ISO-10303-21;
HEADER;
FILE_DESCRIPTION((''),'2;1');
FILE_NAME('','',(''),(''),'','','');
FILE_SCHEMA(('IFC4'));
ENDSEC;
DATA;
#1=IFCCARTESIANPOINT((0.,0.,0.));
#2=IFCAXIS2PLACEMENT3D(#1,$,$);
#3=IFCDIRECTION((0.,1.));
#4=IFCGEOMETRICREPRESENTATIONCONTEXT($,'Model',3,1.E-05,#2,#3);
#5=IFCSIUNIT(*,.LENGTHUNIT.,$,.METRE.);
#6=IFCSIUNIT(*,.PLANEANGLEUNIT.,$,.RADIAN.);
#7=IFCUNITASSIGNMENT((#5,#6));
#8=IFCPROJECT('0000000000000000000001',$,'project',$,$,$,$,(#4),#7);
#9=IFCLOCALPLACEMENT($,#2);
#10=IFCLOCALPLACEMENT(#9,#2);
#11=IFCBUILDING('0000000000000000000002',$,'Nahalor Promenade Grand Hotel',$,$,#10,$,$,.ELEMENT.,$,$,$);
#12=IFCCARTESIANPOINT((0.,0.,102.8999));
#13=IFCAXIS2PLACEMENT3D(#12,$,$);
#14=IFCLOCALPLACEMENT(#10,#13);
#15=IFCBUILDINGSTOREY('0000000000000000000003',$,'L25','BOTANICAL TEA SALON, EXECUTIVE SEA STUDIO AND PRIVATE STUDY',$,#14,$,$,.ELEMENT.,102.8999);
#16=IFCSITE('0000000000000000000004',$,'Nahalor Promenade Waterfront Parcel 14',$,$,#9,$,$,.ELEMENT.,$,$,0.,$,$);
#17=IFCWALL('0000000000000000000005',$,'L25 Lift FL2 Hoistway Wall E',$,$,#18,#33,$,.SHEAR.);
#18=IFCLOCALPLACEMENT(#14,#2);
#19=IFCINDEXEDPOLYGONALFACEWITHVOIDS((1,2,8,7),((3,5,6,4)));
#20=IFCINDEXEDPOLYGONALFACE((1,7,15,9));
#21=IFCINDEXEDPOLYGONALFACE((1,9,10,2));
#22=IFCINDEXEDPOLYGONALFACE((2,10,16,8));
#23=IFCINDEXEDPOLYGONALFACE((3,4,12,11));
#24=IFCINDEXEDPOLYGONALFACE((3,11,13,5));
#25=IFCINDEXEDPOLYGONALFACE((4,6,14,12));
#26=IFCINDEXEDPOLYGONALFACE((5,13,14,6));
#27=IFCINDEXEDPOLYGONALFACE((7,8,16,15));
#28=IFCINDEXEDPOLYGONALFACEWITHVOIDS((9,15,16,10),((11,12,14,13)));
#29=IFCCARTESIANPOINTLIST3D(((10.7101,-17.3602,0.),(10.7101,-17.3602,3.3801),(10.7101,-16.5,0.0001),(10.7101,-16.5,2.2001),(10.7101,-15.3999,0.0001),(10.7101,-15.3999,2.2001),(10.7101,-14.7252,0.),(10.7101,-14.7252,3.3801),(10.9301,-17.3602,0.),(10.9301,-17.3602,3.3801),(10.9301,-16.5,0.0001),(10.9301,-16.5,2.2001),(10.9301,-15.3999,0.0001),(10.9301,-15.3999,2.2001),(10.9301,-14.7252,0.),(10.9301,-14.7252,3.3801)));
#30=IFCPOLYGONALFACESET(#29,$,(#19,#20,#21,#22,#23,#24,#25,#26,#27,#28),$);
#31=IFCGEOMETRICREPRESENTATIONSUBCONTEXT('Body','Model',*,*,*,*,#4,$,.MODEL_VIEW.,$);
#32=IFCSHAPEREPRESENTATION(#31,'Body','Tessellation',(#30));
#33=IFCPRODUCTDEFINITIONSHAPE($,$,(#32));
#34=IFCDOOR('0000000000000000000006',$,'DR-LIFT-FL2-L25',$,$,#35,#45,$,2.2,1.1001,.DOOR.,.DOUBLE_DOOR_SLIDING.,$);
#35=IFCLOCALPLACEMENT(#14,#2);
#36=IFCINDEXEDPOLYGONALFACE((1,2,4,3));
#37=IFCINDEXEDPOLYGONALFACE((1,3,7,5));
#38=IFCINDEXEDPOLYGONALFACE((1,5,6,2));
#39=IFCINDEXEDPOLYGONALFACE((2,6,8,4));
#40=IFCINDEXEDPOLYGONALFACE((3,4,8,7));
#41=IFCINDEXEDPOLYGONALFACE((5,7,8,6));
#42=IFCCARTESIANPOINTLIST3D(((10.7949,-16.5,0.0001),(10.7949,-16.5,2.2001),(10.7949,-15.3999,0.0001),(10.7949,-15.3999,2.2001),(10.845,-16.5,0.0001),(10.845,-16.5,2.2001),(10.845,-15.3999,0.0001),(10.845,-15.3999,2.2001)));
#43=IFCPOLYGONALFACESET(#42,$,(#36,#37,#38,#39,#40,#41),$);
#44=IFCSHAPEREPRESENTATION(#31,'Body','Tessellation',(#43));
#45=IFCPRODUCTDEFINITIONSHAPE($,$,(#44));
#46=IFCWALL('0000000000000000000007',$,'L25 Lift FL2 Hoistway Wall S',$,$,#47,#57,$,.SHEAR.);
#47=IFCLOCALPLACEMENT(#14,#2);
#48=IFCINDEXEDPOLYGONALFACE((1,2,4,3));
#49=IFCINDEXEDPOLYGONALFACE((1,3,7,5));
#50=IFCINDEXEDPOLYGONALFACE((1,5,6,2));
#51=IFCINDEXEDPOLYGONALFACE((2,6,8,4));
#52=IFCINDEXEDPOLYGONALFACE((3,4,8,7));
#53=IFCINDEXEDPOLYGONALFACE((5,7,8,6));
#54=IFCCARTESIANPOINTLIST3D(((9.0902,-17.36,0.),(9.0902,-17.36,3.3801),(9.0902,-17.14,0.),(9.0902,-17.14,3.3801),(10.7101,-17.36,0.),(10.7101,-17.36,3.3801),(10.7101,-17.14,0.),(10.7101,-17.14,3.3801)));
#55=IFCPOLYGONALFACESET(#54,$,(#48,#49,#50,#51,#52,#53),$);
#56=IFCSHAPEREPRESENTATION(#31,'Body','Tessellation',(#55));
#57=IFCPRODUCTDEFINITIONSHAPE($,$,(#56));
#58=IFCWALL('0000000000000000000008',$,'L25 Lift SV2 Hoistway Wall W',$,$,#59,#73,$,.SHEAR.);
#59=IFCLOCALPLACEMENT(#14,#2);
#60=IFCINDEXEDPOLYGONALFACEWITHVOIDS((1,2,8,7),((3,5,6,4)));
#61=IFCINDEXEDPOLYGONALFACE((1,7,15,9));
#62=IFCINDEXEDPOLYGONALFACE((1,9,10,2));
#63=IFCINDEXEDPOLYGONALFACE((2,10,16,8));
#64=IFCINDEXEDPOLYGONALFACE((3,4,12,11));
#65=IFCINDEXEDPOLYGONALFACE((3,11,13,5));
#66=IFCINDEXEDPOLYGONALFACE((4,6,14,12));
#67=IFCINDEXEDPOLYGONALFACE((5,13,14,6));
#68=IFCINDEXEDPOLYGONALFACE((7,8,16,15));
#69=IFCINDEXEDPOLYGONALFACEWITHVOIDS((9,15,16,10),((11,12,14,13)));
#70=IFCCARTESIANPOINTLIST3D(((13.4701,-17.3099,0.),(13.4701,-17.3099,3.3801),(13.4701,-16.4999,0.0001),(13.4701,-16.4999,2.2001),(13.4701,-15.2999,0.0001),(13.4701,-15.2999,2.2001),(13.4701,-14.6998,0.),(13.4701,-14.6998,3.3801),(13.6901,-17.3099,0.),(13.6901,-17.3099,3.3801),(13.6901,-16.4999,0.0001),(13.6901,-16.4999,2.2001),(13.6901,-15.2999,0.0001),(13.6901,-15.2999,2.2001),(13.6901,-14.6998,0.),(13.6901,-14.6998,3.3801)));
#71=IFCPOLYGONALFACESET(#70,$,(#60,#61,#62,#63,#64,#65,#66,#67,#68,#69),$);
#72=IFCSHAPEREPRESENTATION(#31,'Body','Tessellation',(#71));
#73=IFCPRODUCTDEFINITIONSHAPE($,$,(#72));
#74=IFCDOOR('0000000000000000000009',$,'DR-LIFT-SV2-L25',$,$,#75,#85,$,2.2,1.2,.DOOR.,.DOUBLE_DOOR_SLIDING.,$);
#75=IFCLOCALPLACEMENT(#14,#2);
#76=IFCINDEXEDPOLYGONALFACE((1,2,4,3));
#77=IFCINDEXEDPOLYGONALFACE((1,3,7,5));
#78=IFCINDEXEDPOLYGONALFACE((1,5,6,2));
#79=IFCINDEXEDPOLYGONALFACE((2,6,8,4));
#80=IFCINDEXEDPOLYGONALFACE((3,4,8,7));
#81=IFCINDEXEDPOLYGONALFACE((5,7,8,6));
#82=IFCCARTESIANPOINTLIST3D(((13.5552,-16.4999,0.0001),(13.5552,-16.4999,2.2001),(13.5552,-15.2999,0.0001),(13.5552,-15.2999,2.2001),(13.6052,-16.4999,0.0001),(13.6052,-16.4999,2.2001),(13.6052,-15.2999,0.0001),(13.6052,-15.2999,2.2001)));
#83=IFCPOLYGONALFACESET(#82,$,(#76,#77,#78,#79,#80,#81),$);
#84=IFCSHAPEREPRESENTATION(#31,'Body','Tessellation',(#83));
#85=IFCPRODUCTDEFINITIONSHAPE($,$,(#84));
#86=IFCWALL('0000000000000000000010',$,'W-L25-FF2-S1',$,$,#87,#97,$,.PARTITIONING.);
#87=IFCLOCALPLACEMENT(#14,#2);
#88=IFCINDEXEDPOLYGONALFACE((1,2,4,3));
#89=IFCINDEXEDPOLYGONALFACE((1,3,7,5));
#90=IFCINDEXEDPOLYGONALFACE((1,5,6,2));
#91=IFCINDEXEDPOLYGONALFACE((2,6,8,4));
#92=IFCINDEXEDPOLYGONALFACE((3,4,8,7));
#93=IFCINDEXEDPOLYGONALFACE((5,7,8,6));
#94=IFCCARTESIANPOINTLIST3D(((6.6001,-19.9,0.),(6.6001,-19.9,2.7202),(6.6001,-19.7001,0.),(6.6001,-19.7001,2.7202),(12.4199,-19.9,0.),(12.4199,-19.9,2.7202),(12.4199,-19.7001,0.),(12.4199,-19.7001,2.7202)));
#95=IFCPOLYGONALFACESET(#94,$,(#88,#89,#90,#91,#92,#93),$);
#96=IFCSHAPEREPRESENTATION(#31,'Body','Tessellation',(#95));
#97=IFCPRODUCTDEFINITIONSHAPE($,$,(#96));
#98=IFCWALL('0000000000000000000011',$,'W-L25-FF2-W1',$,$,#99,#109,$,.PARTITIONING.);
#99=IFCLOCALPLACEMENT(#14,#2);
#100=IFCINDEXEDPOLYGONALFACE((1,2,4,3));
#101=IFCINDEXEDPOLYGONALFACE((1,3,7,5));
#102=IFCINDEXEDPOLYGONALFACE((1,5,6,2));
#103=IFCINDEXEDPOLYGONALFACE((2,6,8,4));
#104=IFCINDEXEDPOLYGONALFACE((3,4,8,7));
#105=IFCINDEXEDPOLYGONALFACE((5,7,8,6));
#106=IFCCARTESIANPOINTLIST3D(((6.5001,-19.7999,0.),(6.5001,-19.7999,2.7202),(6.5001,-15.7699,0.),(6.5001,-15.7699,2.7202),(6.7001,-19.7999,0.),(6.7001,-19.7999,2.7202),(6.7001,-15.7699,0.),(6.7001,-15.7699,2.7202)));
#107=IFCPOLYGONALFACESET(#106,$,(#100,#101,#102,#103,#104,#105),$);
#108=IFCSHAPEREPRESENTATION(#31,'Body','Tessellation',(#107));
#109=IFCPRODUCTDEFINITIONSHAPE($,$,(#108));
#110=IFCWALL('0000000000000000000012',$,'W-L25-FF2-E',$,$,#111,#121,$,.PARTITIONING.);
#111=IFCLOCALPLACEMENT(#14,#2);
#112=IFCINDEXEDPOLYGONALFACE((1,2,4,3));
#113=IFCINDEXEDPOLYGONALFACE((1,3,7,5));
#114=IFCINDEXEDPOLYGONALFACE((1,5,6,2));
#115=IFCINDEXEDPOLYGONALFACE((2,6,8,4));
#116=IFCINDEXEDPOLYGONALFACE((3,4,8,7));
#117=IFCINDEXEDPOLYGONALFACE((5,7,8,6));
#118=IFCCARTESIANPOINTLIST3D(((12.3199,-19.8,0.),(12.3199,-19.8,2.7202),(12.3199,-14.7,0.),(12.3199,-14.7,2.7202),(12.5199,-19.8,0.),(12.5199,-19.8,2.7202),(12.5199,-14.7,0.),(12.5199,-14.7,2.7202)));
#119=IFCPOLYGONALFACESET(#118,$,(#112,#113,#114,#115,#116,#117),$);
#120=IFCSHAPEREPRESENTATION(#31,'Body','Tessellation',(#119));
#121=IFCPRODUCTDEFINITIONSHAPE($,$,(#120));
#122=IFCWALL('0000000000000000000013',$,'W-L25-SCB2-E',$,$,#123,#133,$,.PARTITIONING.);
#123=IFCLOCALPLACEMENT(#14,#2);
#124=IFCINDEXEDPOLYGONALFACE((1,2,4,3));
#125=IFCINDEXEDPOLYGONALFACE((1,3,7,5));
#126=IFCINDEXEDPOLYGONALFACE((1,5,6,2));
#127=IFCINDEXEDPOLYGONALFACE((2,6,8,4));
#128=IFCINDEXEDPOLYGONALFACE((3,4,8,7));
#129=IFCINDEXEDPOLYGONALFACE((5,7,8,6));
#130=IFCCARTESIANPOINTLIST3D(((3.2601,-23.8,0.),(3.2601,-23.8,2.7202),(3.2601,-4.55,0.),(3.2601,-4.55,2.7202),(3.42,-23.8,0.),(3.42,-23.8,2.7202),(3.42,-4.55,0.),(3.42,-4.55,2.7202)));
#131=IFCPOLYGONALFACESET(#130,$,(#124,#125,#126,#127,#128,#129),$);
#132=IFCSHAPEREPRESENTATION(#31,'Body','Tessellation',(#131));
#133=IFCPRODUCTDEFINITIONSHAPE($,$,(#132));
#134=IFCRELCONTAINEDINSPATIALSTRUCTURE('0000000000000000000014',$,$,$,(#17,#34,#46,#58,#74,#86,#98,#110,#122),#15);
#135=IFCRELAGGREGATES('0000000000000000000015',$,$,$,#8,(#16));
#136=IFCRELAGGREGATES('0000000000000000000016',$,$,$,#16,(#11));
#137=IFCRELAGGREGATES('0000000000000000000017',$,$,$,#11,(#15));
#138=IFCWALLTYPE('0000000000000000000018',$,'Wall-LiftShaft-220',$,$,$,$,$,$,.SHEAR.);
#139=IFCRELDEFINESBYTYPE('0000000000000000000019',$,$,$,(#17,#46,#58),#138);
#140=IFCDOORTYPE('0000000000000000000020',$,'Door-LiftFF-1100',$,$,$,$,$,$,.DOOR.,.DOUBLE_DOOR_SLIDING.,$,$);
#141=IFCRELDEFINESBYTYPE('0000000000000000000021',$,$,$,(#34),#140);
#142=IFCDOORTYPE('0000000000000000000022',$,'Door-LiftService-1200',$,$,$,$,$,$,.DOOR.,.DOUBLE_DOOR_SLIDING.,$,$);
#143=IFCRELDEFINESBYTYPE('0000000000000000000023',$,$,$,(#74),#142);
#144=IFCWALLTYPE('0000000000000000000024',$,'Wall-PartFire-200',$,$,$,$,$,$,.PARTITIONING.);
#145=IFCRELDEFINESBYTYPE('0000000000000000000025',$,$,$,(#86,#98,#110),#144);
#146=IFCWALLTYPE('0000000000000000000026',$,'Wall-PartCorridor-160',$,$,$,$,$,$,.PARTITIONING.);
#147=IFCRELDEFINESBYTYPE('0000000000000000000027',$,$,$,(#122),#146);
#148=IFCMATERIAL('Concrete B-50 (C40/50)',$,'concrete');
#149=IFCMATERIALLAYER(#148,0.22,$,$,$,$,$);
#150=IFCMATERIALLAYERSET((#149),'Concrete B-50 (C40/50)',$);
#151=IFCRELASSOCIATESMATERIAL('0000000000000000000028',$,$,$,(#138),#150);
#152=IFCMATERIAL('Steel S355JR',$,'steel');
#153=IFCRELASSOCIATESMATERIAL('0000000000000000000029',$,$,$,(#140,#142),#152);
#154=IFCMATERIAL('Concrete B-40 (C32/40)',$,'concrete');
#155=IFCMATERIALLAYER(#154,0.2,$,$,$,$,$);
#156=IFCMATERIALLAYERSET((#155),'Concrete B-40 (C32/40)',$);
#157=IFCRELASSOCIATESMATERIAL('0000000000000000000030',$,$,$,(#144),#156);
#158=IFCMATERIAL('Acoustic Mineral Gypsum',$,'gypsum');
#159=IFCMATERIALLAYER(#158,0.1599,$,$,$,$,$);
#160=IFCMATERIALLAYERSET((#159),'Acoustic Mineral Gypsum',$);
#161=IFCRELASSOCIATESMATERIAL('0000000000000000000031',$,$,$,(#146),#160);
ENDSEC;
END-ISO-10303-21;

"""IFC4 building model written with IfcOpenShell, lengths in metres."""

from ifc_helpers import new_model, si_unit, direction, frame, frame_2d, origin, place, context, subcontext, project, spatial, rectangle, extrude, source, transform, mapped, material, layer, layer_set, type_object, element, fill, save


model = new_model("IFC4")

# Units and contexts
model_context = context("Model", 3, precision=1e-05, world=origin(), true_north=direction((0.0, 1.0)))
body_context = subcontext(model_context, "Body", "Model", "MODEL_VIEW")
ifc_project = project(units=[si_unit("LENGTHUNIT", "METRE"), si_unit("PLANEANGLEUNIT", "RADIAN")], contexts=[model_context])

# Site, building, storey
site_placement = place(None, origin())
site = spatial("IfcSite", under=ifc_project, at=site_placement, Name="Nahalor Promenade Waterfront Parcel 14", CompositionType="ELEMENT", RefElevation=0.0)
building_placement = place(site_placement, origin())
building = spatial("IfcBuilding", under=site, at=building_placement, Name="Nahalor Promenade Grand Hotel", CompositionType="ELEMENT")
storey_placement = place(building_placement, frame((0.0, 0.0, 102.8999)))
storey = spatial("IfcBuildingStorey", under=building, at=storey_placement, Name="L25", Description="BOTANICAL TEA SALON, EXECUTIVE SEA STUDIO AND PRIVATE STUDY", CompositionType="ELEMENT", Elevation=102.8999)

# Shared definitions
ifc_material_1 = material(Name="Steel S355JR", Category="steel")

# Shared definitions
ifc_material_2 = material(Name="Concrete B-50 (C40/50)", Category="concrete")

# Shared definitions
ifc_layer_1 = layer(ifc_material_2, 0.22)
ifc_layer_set_1 = layer_set([ifc_layer_1], Name="Concrete B-50 (C40/50)")
wall_type_1 = type_object("IfcWallType", Name="Wall-LiftShaft-220", PredefinedType="SHEAR", material=ifc_layer_set_1)
shared_shape_1 = source(origin(), body_context, "Body", "SweptSolid", [
    extrude(rectangle(XDim=2.635, YDim=0.22, at=frame_2d((1.3174, 0.0))), origin(), (0.0, 0.0, 1.0), 3.3801),
])

# Wall, opening, door
wall_1_placement = place(storey_placement, frame((10.8201, -17.3601, 0.0), z_axis=(0.0, 0.0, 1.0), x_axis=(0.0, 1.0, 0.0)))
wall_1 = element("IfcWall", 1, at=wall_1_placement, inside=storey, type_object=wall_type_1, Name="L25 Lift FL2 Hoistway Wall E", PredefinedType="SHEAR", context=body_context, shape_type="MappedRepresentation", body=[
    mapped(shared_shape_1, transform((0.0, 0.0, 0.0), scale=1.0)),
])
opening_1_placement = place(wall_1_placement, frame((0.8601, 0.0, 0.0)))
opening_1 = element("IfcOpeningElement", 2, at=opening_1_placement, cuts=wall_1, PredefinedType="OPENING", context=body_context, shape_type="SweptSolid", body=[
    extrude(rectangle(XDim=1.1001, YDim=2.2, at=frame_2d((0.55, 1.1001))), frame((0.0, 0.1199, 0.0), z_axis=(0.0, -1.0, 0.0), x_axis=(1.0, 0.0, 0.0)), (0.0, 0.0, 1.0), 0.24),
])
door_type_1 = type_object("IfcDoorType", Name="Door-LiftFF-1100", OperationType="DOUBLE_DOOR_SLIDING", PredefinedType="DOOR", material=ifc_material_1)
shared_shape_2 = source(origin(), body_context, "Body", "SweptSolid", [
    extrude(rectangle(XDim=1.1001, YDim=2.2, at=frame_2d((0.55, 1.1001))), frame((0.0, 0.0249, 0.0), z_axis=(0.0, -1.0, 0.0), x_axis=(1.0, 0.0, 0.0)), (0.0, 0.0, 1.0), 0.05),
])
door_1_placement = place(opening_1_placement, frame((1.1001, 0.0, 0.0), z_axis=(0.0, 0.0, 1.0), x_axis=(-1.0, 0.0, 0.0)))
door_1 = element("IfcDoor", 3, at=door_1_placement, inside=storey, type_object=door_type_1, Name="DR-LIFT-FL2-L25", OperationType="DOUBLE_DOOR_SLIDING", OverallHeight=2.2, OverallWidth=1.1001, PredefinedType="DOOR", context=body_context, shape_type="MappedRepresentation", body=[
    mapped(shared_shape_2, transform((0.0, 0.0, 0.0), scale=1.0)),
])
fill(opening_1, door_1)

# Wall
shared_shape_3 = source(origin(), body_context, "Body", "SweptSolid", [
    extrude(rectangle(XDim=1.6199, YDim=0.22, at=frame_2d((0.8101, 0.0))), origin(), (0.0, 0.0, 1.0), 3.3801),
])
wall_2_placement = place(storey_placement, frame((9.0901, -17.25, 0.0), z_axis=(0.0, 0.0, 1.0), x_axis=(1.0, 0.0, 0.0)))
element("IfcWall", 4, at=wall_2_placement, inside=storey, type_object=wall_type_1, Name="L25 Lift FL2 Hoistway Wall S", PredefinedType="SHEAR", context=body_context, shape_type="MappedRepresentation", body=[
    mapped(shared_shape_3, transform((0.0, 0.0, 0.0), scale=1.0)),
])

# Wall, opening, door
shared_shape_4 = source(origin(), body_context, "Body", "SweptSolid", [
    extrude(rectangle(XDim=2.6101, YDim=0.22, at=frame_2d((1.3052, 0.0))), origin(), (0.0, 0.0, 1.0), 3.3801),
])
wall_3_placement = place(storey_placement, frame((13.5801, -17.3101, 0.0), z_axis=(0.0, 0.0, 1.0), x_axis=(0.0, 1.0, 0.0)))
wall_3 = element("IfcWall", 5, at=wall_3_placement, inside=storey, type_object=wall_type_1, Name="L25 Lift SV2 Hoistway Wall W", PredefinedType="SHEAR", context=body_context, shape_type="MappedRepresentation", body=[
    mapped(shared_shape_4, transform((0.0, 0.0, 0.0), scale=1.0)),
])
opening_2_placement = place(wall_3_placement, frame((0.8101, 0.0, 0.0)))
opening_2 = element("IfcOpeningElement", 6, at=opening_2_placement, cuts=wall_3, PredefinedType="OPENING", context=body_context, shape_type="SweptSolid", body=[
    extrude(rectangle(XDim=1.2, YDim=2.2, at=frame_2d((0.6001, 1.1001))), frame((0.0, 0.1199, 0.0), z_axis=(0.0, -1.0, 0.0), x_axis=(1.0, 0.0, 0.0)), (0.0, 0.0, 1.0), 0.24),
])
door_type_2 = type_object("IfcDoorType", Name="Door-LiftService-1200", OperationType="DOUBLE_DOOR_SLIDING", PredefinedType="DOOR", material=ifc_material_1)
shared_shape_5 = source(origin(), body_context, "Body", "SweptSolid", [
    extrude(rectangle(XDim=1.2, YDim=2.2, at=frame_2d((0.6001, 1.1001))), frame((0.0, 0.0249, 0.0), z_axis=(0.0, -1.0, 0.0), x_axis=(1.0, 0.0, 0.0)), (0.0, 0.0, 1.0), 0.05),
])
door_2_placement = place(opening_2_placement, origin())
door_2 = element("IfcDoor", 7, at=door_2_placement, inside=storey, type_object=door_type_2, Name="DR-LIFT-SV2-L25", OperationType="DOUBLE_DOOR_SLIDING", OverallHeight=2.2, OverallWidth=1.2, PredefinedType="DOOR", context=body_context, shape_type="MappedRepresentation", body=[
    mapped(shared_shape_5, transform((0.0, 0.0, 0.0), scale=1.0)),
])
fill(opening_2, door_2)

# Walls
ifc_material_3 = material(Name="Concrete B-40 (C32/40)", Category="concrete")
ifc_layer_2 = layer(ifc_material_3, 0.2)
ifc_layer_set_2 = layer_set([ifc_layer_2], Name="Concrete B-40 (C32/40)")
wall_type_2 = type_object("IfcWallType", Name="Wall-PartFire-200", PredefinedType="PARTITIONING", material=ifc_layer_set_2)
shared_shape_6 = source(origin(), body_context, "Body", "SweptSolid", [
    extrude(rectangle(XDim=5.8198, YDim=0.2, at=frame_2d((2.9099, 0.0))), origin(), (0.0, 0.0, 1.0), 2.7202),
])
wall_4_placement = place(storey_placement, frame((6.6001, -19.8, 0.0), z_axis=(0.0, 0.0, 1.0), x_axis=(1.0, 0.0, 0.0)))
element("IfcWall", 8, at=wall_4_placement, inside=storey, type_object=wall_type_2, Name="W-L25-FF2-S1", PredefinedType="PARTITIONING", context=body_context, shape_type="MappedRepresentation", body=[
    mapped(shared_shape_6, transform((0.0, 0.0, 0.0), scale=1.0)),
])
shared_shape_7 = source(origin(), body_context, "Body", "SweptSolid", [
    extrude(rectangle(XDim=4.03, YDim=0.2, at=frame_2d((2.0151, 0.0))), origin(), (0.0, 0.0, 1.0), 2.7202),
])
wall_5_placement = place(storey_placement, frame((6.6001, -19.8, 0.0), z_axis=(0.0, 0.0, 1.0), x_axis=(0.0, 1.0, 0.0)))
element("IfcWall", 9, at=wall_5_placement, inside=storey, type_object=wall_type_2, Name="W-L25-FF2-W1", PredefinedType="PARTITIONING", context=body_context, shape_type="MappedRepresentation", body=[
    mapped(shared_shape_7, transform((0.0, 0.0, 0.0), scale=1.0)),
])
shared_shape_8 = source(origin(), body_context, "Body", "SweptSolid", [
    extrude(rectangle(XDim=5.1001, YDim=0.2, at=frame_2d((2.55, 0.0))), origin(), (0.0, 0.0, 1.0), 2.7202),
])
wall_6_placement = place(storey_placement, frame((12.4199, -19.8, 0.0), z_axis=(0.0, 0.0, 1.0), x_axis=(0.0, 1.0, 0.0)))
element("IfcWall", 10, at=wall_6_placement, inside=storey, type_object=wall_type_2, Name="W-L25-FF2-E", PredefinedType="PARTITIONING", context=body_context, shape_type="MappedRepresentation", body=[
    mapped(shared_shape_8, transform((0.0, 0.0, 0.0), scale=1.0)),
])

# Wall
ifc_material_4 = material(Name="Acoustic Mineral Gypsum", Category="gypsum")
ifc_layer_3 = layer(ifc_material_4, 0.1599)
ifc_layer_set_3 = layer_set([ifc_layer_3], Name="Acoustic Mineral Gypsum")
wall_type_3 = type_object("IfcWallType", Name="Wall-PartCorridor-160", PredefinedType="PARTITIONING", material=ifc_layer_set_3)
shared_shape_9 = source(origin(), body_context, "Body", "SweptSolid", [
    extrude(rectangle(XDim=19.25, YDim=0.1599, at=frame_2d((9.625, 0.0))), origin(), (0.0, 0.0, 1.0), 2.7202),
])
wall_7_placement = place(storey_placement, frame((3.3401, -23.8, 0.0), z_axis=(0.0, 0.0, 1.0), x_axis=(0.0, 1.0, 0.0)))
element("IfcWall", 11, at=wall_7_placement, inside=storey, type_object=wall_type_3, Name="W-L25-SCB2-E", PredefinedType="PARTITIONING", context=body_context, shape_type="MappedRepresentation", body=[
    mapped(shared_shape_9, transform((0.0, 0.0, 0.0), scale=1.0)),
])

save(model, "model.ifc")
